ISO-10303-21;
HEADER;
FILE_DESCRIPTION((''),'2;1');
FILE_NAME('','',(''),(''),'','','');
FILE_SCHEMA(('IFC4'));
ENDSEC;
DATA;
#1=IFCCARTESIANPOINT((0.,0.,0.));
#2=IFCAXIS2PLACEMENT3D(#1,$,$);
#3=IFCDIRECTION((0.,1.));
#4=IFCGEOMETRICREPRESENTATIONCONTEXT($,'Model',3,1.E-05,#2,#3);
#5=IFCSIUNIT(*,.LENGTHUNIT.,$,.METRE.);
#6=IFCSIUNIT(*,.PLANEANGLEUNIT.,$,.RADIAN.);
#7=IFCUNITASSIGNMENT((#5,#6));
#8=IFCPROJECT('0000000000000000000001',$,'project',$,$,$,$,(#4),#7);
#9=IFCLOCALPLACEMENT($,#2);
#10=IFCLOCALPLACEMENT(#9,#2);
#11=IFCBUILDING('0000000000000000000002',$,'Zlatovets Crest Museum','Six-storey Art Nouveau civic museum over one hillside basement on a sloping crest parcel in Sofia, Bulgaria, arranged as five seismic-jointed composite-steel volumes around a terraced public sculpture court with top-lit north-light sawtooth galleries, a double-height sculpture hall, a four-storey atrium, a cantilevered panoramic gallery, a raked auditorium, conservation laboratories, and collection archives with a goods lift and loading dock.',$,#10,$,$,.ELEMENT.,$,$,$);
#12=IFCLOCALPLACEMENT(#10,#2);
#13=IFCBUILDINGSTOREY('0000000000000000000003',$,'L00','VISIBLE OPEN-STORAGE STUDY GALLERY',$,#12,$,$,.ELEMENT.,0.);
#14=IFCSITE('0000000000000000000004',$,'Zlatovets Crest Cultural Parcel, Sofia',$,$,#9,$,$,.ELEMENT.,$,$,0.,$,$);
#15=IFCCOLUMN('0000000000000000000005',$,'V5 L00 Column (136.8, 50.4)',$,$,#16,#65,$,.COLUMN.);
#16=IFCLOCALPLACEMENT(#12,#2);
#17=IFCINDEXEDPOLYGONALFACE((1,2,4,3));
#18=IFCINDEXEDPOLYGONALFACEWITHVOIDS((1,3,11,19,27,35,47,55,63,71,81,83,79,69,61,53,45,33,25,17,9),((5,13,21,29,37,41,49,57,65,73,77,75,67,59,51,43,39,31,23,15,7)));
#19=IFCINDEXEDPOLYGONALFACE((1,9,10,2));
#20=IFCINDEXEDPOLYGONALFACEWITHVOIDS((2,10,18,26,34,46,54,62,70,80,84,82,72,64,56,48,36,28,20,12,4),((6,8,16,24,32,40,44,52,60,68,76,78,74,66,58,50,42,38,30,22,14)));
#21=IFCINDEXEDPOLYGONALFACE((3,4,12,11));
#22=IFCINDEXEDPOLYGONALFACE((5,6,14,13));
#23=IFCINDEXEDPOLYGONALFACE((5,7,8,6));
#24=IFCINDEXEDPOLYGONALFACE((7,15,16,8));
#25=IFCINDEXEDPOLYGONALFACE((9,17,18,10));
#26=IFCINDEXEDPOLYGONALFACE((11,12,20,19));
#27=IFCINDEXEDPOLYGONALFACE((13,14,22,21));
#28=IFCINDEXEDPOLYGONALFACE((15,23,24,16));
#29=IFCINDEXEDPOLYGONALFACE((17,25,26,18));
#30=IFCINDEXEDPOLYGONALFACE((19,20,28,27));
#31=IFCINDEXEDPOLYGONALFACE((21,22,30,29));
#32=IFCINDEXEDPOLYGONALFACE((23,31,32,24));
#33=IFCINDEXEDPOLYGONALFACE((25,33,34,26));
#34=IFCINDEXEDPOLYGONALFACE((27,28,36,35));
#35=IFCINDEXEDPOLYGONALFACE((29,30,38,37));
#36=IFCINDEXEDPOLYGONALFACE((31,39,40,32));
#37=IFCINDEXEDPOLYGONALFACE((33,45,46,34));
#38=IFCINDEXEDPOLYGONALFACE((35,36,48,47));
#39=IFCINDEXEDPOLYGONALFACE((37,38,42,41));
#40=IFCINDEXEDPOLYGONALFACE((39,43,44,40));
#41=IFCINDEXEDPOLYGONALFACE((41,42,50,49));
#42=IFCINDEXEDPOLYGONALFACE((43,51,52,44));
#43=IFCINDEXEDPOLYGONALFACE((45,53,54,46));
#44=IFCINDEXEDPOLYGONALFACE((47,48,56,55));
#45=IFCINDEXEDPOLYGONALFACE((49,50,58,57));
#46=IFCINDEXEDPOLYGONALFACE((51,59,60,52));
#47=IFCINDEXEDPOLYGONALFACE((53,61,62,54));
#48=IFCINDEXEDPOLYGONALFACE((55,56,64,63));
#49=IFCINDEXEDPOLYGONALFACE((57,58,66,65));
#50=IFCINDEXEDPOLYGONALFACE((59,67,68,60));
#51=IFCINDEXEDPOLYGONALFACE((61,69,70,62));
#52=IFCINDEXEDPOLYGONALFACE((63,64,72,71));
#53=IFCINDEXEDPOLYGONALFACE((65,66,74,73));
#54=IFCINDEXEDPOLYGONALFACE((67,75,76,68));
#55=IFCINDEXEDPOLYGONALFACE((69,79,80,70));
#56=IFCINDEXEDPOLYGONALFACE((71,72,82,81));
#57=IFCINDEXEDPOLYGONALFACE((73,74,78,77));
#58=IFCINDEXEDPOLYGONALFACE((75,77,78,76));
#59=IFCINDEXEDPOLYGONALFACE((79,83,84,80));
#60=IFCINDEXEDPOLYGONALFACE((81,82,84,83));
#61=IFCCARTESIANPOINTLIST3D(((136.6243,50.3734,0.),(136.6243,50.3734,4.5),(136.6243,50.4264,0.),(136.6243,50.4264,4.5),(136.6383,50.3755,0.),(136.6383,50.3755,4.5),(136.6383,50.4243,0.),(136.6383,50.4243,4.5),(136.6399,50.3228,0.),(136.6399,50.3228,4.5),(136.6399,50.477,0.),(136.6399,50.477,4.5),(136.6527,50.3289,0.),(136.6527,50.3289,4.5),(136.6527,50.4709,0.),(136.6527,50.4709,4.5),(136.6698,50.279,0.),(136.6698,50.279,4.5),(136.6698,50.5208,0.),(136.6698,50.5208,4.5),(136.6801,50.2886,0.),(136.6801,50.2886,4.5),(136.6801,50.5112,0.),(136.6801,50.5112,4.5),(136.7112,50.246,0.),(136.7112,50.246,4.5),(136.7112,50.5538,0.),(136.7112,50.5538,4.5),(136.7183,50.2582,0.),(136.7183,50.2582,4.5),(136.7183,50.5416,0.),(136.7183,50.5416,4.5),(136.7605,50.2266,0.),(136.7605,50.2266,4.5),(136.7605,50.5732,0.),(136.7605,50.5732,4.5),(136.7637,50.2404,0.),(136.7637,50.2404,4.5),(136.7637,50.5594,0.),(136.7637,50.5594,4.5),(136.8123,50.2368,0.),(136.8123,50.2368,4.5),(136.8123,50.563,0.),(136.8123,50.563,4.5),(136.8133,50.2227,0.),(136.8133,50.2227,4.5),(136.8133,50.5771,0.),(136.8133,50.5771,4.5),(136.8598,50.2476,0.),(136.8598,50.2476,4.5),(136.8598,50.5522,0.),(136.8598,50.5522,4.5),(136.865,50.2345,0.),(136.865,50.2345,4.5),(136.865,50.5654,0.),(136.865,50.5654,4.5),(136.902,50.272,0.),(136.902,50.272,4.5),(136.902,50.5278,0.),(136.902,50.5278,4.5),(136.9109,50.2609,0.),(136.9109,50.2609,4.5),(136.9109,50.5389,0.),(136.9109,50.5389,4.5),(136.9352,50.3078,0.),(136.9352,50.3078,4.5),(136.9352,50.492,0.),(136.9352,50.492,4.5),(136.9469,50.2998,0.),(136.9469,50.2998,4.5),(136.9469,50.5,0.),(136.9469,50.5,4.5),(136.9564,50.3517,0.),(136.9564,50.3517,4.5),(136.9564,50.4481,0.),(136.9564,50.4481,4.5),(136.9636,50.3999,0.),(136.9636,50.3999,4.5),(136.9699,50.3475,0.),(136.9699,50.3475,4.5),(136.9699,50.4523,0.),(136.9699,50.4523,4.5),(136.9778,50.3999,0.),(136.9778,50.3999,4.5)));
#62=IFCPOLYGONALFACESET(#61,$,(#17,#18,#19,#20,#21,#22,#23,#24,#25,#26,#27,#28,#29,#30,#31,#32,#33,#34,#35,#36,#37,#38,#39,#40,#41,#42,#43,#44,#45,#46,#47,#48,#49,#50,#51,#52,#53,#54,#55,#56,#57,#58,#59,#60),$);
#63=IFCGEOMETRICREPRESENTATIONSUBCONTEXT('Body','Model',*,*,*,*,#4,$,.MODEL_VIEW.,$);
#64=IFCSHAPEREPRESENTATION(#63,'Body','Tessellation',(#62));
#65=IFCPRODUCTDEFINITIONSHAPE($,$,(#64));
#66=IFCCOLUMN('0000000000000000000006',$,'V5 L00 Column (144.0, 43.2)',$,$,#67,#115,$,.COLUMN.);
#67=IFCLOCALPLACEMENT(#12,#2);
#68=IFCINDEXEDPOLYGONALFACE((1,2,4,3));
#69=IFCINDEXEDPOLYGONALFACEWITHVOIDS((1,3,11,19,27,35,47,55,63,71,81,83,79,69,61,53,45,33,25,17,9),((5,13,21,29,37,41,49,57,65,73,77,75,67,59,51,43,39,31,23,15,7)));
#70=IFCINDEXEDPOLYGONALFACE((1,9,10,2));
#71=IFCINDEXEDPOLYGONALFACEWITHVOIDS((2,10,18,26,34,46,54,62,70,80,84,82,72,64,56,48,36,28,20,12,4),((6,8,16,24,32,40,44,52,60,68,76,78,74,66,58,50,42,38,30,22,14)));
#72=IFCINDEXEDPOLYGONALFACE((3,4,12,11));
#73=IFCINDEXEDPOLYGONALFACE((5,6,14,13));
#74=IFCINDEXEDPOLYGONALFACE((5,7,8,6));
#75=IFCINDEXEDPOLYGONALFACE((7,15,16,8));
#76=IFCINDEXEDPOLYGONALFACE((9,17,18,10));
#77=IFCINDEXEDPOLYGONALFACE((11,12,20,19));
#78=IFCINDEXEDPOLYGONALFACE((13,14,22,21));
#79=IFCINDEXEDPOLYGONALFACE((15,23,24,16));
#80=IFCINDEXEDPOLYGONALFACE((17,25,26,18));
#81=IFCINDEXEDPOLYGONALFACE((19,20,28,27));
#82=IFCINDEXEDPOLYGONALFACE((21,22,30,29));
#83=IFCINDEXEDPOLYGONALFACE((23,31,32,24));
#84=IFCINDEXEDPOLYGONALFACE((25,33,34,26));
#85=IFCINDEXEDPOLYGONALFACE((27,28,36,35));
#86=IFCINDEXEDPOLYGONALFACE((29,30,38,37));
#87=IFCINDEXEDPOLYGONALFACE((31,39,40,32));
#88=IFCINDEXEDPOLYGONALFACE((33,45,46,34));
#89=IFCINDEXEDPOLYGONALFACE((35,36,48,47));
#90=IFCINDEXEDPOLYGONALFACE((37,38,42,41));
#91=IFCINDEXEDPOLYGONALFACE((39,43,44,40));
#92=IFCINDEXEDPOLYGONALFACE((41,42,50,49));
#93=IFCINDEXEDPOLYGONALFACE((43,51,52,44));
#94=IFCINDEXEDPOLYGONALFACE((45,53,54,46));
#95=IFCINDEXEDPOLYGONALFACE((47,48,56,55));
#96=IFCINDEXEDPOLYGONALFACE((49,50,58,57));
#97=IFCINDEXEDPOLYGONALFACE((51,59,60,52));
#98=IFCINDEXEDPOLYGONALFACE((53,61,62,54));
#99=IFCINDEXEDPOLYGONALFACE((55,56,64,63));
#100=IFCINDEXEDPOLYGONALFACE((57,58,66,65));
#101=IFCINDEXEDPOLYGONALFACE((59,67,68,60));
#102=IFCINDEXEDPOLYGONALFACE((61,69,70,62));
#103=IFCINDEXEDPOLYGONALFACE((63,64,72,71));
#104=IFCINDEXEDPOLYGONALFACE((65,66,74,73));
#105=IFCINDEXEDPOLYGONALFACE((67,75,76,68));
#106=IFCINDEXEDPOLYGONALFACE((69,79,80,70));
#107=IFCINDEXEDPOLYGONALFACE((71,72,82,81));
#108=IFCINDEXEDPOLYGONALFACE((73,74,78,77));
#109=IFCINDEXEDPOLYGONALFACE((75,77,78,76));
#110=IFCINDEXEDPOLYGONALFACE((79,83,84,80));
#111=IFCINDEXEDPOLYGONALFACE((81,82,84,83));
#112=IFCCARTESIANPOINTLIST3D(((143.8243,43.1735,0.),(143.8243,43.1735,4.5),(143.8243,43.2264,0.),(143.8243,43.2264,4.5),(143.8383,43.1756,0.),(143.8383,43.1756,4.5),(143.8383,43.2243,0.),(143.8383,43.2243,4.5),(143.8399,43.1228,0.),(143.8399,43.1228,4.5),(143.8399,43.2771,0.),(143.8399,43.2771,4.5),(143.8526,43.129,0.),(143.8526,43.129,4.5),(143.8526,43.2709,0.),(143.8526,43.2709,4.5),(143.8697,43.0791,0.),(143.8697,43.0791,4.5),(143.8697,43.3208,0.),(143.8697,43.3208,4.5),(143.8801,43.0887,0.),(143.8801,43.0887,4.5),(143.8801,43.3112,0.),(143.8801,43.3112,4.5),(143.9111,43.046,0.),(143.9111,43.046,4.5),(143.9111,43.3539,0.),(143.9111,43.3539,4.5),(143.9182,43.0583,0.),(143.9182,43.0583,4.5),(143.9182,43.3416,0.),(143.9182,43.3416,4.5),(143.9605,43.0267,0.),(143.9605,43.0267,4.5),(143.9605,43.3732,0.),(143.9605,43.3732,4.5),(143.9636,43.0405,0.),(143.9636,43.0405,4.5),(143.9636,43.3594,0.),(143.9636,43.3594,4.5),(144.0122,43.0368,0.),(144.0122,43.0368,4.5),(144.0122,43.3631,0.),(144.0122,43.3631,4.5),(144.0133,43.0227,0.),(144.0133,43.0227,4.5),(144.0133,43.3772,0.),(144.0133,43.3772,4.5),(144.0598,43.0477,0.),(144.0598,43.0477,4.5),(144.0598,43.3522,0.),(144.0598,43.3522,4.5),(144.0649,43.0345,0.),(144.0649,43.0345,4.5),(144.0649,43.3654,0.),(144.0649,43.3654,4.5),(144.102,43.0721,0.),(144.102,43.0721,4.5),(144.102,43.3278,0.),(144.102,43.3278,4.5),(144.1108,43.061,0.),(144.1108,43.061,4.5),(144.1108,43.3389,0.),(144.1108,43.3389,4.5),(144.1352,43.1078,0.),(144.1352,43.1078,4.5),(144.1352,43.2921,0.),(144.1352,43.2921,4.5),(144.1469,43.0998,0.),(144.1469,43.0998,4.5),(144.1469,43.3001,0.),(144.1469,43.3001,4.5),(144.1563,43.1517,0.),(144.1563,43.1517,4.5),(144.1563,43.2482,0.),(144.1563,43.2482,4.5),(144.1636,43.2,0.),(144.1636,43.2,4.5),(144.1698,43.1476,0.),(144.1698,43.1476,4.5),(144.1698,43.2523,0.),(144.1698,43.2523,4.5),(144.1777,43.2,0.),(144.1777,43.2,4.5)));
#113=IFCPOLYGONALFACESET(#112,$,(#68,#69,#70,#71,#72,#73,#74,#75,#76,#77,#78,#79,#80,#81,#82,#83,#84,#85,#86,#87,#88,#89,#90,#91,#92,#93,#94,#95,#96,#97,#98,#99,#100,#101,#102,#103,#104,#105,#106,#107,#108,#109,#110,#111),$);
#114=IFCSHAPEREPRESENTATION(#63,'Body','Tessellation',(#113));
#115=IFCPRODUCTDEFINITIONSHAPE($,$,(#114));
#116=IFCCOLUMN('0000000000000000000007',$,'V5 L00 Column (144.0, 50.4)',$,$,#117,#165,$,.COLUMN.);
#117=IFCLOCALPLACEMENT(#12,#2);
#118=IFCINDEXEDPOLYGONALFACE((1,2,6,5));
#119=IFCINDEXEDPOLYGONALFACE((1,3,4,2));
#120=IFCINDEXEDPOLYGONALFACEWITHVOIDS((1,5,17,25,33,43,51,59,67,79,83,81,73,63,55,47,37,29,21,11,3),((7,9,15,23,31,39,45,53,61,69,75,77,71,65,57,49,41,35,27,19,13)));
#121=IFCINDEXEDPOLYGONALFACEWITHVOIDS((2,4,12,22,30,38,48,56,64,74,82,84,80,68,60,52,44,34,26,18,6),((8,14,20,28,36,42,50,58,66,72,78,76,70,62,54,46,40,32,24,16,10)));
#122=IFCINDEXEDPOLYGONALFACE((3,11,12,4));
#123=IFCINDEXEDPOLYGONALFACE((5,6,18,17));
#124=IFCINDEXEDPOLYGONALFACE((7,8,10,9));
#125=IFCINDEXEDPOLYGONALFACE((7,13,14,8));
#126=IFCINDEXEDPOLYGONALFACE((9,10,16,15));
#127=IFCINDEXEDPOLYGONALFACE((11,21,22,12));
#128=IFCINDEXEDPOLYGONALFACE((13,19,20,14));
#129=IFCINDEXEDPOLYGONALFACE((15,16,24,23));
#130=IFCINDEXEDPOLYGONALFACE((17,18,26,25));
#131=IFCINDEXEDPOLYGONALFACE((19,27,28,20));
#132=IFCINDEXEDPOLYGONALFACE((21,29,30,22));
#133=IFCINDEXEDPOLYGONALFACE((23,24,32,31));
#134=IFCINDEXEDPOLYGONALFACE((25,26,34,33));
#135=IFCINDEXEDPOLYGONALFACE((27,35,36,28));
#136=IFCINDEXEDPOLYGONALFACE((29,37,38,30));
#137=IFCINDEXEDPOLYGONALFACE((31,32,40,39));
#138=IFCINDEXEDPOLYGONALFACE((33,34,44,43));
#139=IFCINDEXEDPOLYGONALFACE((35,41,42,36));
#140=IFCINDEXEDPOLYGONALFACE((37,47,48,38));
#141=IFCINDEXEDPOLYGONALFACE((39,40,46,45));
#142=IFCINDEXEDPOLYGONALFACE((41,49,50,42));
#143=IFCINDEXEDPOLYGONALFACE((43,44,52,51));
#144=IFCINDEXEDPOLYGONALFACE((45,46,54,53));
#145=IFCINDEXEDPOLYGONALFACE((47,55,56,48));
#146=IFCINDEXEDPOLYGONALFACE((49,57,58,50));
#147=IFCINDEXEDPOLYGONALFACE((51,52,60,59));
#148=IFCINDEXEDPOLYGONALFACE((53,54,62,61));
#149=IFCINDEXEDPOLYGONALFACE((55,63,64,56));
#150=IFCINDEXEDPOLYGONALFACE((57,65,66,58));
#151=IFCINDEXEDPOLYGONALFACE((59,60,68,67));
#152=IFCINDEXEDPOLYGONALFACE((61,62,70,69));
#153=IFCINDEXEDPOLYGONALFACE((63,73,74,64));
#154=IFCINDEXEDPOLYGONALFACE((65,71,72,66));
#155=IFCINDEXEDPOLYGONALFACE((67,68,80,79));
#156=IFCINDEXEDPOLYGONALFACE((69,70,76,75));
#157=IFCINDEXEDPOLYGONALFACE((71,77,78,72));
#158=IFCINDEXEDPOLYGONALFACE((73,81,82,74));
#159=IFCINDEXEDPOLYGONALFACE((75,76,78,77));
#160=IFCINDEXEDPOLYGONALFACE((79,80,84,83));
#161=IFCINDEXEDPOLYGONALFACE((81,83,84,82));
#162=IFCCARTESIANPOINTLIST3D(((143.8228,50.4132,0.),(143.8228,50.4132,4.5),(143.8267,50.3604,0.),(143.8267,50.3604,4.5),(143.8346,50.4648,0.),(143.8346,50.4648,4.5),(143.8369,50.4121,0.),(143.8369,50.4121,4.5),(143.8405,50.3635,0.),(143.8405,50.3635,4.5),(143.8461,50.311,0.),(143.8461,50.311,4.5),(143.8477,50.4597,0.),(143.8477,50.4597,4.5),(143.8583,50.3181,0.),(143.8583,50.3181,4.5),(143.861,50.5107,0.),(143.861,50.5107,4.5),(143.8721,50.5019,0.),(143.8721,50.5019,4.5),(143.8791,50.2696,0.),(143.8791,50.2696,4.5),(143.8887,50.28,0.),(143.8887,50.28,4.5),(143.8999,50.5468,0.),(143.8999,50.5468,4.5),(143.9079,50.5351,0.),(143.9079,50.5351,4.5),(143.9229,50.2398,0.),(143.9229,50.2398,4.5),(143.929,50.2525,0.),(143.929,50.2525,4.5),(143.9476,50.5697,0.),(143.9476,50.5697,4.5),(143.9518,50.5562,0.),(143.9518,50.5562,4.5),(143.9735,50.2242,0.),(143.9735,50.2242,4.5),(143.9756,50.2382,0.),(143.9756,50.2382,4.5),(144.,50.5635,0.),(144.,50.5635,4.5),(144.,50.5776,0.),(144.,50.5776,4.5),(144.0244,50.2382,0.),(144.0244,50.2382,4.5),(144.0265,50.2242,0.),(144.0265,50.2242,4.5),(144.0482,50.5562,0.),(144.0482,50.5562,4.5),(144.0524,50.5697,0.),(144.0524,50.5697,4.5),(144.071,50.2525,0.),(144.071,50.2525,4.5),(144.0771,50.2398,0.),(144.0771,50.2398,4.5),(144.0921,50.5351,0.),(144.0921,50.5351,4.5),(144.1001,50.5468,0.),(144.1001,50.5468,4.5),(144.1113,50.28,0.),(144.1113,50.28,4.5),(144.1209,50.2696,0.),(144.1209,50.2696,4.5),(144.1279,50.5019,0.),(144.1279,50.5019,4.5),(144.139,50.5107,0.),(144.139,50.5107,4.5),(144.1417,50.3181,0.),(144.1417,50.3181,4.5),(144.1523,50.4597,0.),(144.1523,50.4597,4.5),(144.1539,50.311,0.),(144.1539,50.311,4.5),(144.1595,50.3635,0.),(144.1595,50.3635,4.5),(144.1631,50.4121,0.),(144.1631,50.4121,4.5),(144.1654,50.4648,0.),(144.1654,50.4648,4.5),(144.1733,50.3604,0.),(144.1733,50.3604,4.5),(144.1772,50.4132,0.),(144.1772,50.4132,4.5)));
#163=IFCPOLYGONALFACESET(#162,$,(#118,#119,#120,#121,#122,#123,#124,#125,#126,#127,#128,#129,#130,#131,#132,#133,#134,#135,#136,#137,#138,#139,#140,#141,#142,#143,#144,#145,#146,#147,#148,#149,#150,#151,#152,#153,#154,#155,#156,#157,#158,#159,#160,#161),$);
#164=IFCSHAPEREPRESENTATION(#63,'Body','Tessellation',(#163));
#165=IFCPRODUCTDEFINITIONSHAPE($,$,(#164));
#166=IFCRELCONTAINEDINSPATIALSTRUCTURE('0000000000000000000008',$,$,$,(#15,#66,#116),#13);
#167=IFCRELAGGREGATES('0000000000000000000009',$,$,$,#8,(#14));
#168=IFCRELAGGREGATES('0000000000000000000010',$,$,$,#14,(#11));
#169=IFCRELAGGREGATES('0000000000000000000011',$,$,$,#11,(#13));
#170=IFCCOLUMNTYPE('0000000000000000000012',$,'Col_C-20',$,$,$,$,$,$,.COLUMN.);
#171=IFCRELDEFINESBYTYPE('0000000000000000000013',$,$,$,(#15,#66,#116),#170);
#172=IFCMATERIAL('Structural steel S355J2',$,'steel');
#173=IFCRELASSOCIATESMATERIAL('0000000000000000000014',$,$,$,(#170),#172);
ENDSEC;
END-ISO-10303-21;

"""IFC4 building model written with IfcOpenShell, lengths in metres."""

from ifc_helpers import new_model, si_unit, direction, frame, origin, origin_2d, place, context, subcontext, project, spatial, hollow_circle, extrude, material, material_profile, profile_set, type_object, element, save


model = new_model("IFC4")

# Units and contexts
model_context = context("Model", 3, precision=1e-05, world=origin(), true_north=direction((0.0, 1.0)))
body_context = subcontext(model_context, "Body", "Model", "MODEL_VIEW")
ifc_project = project(units=[si_unit("LENGTHUNIT", "METRE"), si_unit("PLANEANGLEUNIT", "RADIAN")], contexts=[model_context])

# Site, building, storey
site_placement = place(None, origin())
site = spatial("IfcSite", under=ifc_project, at=site_placement, Name="Zlatovets Crest Cultural Parcel, Sofia", CompositionType="ELEMENT", RefElevation=0.0)
building_placement = place(site_placement, origin())
building = spatial("IfcBuilding", under=site, at=building_placement, Name="Zlatovets Crest Museum", Description="Six-storey Art Nouveau civic museum over one hillside basement on a sloping crest parcel in Sofia, Bulgaria, arranged as five seismic-jointed composite-steel volumes around a terraced public sculpture court with top-lit north-light sawtooth galleries, a double-height sculpture hall, a four-storey atrium, a cantilevered panoramic gallery, a raked auditorium, conservation laboratories, and collection archives with a goods lift and loading dock.", CompositionType="ELEMENT")
storey_placement = place(building_placement, origin())
storey = spatial("IfcBuildingStorey", under=building, at=storey_placement, Name="L00", Description="VISIBLE OPEN-STORAGE STUDY GALLERY", CompositionType="ELEMENT", Elevation=0.0)

# Columns
ifc_material_1 = material(Name="Structural steel S355J2", Category="steel")
ifc_material_profile_1 = material_profile(ifc_material_1, hollow_circle(Radius=0.1777, WallThickness=0.0142, at=origin_2d()), Name="CHS 355.6x14.2")
ifc_profile_set_1 = profile_set([ifc_material_profile_1], Name="Structural steel S355J2")
column_type = type_object("IfcColumnType", Name="Col_C-20", PredefinedType="COLUMN", material=ifc_profile_set_1)
for number, where, z_axis, x_axis, name in (
    (1, (136.8, 50.3999, 0.0), (0.0, 0.0, 1.0), (1.0, 0.0, 0.0), "V5 L00 Column (136.8, 50.4)"),
    (2, (144.0, 43.2, 0.0), (0.0, 0.0, 1.0), (1.0, 0.0, 0.0), "V5 L00 Column (144.0, 43.2)"),
    (3, (144.0, 50.3999, 0.0), (0.0, 0.0, 1.0), (0.0, 1.0, 0.0), "V5 L00 Column (144.0, 50.4)"),
):
    element("IfcColumn", number, at=place(storey_placement, frame(where, z_axis=z_axis, x_axis=x_axis)), inside=storey, type_object=column_type, Name=name, PredefinedType="COLUMN", context=body_context, shape_type="SweptSolid", body=[
        extrude(hollow_circle(Radius=0.1777, WallThickness=0.0142, at=origin_2d()), origin(), (0.0, 0.0, 1.0), 4.5),
    ])

save(model, "model.ifc")
